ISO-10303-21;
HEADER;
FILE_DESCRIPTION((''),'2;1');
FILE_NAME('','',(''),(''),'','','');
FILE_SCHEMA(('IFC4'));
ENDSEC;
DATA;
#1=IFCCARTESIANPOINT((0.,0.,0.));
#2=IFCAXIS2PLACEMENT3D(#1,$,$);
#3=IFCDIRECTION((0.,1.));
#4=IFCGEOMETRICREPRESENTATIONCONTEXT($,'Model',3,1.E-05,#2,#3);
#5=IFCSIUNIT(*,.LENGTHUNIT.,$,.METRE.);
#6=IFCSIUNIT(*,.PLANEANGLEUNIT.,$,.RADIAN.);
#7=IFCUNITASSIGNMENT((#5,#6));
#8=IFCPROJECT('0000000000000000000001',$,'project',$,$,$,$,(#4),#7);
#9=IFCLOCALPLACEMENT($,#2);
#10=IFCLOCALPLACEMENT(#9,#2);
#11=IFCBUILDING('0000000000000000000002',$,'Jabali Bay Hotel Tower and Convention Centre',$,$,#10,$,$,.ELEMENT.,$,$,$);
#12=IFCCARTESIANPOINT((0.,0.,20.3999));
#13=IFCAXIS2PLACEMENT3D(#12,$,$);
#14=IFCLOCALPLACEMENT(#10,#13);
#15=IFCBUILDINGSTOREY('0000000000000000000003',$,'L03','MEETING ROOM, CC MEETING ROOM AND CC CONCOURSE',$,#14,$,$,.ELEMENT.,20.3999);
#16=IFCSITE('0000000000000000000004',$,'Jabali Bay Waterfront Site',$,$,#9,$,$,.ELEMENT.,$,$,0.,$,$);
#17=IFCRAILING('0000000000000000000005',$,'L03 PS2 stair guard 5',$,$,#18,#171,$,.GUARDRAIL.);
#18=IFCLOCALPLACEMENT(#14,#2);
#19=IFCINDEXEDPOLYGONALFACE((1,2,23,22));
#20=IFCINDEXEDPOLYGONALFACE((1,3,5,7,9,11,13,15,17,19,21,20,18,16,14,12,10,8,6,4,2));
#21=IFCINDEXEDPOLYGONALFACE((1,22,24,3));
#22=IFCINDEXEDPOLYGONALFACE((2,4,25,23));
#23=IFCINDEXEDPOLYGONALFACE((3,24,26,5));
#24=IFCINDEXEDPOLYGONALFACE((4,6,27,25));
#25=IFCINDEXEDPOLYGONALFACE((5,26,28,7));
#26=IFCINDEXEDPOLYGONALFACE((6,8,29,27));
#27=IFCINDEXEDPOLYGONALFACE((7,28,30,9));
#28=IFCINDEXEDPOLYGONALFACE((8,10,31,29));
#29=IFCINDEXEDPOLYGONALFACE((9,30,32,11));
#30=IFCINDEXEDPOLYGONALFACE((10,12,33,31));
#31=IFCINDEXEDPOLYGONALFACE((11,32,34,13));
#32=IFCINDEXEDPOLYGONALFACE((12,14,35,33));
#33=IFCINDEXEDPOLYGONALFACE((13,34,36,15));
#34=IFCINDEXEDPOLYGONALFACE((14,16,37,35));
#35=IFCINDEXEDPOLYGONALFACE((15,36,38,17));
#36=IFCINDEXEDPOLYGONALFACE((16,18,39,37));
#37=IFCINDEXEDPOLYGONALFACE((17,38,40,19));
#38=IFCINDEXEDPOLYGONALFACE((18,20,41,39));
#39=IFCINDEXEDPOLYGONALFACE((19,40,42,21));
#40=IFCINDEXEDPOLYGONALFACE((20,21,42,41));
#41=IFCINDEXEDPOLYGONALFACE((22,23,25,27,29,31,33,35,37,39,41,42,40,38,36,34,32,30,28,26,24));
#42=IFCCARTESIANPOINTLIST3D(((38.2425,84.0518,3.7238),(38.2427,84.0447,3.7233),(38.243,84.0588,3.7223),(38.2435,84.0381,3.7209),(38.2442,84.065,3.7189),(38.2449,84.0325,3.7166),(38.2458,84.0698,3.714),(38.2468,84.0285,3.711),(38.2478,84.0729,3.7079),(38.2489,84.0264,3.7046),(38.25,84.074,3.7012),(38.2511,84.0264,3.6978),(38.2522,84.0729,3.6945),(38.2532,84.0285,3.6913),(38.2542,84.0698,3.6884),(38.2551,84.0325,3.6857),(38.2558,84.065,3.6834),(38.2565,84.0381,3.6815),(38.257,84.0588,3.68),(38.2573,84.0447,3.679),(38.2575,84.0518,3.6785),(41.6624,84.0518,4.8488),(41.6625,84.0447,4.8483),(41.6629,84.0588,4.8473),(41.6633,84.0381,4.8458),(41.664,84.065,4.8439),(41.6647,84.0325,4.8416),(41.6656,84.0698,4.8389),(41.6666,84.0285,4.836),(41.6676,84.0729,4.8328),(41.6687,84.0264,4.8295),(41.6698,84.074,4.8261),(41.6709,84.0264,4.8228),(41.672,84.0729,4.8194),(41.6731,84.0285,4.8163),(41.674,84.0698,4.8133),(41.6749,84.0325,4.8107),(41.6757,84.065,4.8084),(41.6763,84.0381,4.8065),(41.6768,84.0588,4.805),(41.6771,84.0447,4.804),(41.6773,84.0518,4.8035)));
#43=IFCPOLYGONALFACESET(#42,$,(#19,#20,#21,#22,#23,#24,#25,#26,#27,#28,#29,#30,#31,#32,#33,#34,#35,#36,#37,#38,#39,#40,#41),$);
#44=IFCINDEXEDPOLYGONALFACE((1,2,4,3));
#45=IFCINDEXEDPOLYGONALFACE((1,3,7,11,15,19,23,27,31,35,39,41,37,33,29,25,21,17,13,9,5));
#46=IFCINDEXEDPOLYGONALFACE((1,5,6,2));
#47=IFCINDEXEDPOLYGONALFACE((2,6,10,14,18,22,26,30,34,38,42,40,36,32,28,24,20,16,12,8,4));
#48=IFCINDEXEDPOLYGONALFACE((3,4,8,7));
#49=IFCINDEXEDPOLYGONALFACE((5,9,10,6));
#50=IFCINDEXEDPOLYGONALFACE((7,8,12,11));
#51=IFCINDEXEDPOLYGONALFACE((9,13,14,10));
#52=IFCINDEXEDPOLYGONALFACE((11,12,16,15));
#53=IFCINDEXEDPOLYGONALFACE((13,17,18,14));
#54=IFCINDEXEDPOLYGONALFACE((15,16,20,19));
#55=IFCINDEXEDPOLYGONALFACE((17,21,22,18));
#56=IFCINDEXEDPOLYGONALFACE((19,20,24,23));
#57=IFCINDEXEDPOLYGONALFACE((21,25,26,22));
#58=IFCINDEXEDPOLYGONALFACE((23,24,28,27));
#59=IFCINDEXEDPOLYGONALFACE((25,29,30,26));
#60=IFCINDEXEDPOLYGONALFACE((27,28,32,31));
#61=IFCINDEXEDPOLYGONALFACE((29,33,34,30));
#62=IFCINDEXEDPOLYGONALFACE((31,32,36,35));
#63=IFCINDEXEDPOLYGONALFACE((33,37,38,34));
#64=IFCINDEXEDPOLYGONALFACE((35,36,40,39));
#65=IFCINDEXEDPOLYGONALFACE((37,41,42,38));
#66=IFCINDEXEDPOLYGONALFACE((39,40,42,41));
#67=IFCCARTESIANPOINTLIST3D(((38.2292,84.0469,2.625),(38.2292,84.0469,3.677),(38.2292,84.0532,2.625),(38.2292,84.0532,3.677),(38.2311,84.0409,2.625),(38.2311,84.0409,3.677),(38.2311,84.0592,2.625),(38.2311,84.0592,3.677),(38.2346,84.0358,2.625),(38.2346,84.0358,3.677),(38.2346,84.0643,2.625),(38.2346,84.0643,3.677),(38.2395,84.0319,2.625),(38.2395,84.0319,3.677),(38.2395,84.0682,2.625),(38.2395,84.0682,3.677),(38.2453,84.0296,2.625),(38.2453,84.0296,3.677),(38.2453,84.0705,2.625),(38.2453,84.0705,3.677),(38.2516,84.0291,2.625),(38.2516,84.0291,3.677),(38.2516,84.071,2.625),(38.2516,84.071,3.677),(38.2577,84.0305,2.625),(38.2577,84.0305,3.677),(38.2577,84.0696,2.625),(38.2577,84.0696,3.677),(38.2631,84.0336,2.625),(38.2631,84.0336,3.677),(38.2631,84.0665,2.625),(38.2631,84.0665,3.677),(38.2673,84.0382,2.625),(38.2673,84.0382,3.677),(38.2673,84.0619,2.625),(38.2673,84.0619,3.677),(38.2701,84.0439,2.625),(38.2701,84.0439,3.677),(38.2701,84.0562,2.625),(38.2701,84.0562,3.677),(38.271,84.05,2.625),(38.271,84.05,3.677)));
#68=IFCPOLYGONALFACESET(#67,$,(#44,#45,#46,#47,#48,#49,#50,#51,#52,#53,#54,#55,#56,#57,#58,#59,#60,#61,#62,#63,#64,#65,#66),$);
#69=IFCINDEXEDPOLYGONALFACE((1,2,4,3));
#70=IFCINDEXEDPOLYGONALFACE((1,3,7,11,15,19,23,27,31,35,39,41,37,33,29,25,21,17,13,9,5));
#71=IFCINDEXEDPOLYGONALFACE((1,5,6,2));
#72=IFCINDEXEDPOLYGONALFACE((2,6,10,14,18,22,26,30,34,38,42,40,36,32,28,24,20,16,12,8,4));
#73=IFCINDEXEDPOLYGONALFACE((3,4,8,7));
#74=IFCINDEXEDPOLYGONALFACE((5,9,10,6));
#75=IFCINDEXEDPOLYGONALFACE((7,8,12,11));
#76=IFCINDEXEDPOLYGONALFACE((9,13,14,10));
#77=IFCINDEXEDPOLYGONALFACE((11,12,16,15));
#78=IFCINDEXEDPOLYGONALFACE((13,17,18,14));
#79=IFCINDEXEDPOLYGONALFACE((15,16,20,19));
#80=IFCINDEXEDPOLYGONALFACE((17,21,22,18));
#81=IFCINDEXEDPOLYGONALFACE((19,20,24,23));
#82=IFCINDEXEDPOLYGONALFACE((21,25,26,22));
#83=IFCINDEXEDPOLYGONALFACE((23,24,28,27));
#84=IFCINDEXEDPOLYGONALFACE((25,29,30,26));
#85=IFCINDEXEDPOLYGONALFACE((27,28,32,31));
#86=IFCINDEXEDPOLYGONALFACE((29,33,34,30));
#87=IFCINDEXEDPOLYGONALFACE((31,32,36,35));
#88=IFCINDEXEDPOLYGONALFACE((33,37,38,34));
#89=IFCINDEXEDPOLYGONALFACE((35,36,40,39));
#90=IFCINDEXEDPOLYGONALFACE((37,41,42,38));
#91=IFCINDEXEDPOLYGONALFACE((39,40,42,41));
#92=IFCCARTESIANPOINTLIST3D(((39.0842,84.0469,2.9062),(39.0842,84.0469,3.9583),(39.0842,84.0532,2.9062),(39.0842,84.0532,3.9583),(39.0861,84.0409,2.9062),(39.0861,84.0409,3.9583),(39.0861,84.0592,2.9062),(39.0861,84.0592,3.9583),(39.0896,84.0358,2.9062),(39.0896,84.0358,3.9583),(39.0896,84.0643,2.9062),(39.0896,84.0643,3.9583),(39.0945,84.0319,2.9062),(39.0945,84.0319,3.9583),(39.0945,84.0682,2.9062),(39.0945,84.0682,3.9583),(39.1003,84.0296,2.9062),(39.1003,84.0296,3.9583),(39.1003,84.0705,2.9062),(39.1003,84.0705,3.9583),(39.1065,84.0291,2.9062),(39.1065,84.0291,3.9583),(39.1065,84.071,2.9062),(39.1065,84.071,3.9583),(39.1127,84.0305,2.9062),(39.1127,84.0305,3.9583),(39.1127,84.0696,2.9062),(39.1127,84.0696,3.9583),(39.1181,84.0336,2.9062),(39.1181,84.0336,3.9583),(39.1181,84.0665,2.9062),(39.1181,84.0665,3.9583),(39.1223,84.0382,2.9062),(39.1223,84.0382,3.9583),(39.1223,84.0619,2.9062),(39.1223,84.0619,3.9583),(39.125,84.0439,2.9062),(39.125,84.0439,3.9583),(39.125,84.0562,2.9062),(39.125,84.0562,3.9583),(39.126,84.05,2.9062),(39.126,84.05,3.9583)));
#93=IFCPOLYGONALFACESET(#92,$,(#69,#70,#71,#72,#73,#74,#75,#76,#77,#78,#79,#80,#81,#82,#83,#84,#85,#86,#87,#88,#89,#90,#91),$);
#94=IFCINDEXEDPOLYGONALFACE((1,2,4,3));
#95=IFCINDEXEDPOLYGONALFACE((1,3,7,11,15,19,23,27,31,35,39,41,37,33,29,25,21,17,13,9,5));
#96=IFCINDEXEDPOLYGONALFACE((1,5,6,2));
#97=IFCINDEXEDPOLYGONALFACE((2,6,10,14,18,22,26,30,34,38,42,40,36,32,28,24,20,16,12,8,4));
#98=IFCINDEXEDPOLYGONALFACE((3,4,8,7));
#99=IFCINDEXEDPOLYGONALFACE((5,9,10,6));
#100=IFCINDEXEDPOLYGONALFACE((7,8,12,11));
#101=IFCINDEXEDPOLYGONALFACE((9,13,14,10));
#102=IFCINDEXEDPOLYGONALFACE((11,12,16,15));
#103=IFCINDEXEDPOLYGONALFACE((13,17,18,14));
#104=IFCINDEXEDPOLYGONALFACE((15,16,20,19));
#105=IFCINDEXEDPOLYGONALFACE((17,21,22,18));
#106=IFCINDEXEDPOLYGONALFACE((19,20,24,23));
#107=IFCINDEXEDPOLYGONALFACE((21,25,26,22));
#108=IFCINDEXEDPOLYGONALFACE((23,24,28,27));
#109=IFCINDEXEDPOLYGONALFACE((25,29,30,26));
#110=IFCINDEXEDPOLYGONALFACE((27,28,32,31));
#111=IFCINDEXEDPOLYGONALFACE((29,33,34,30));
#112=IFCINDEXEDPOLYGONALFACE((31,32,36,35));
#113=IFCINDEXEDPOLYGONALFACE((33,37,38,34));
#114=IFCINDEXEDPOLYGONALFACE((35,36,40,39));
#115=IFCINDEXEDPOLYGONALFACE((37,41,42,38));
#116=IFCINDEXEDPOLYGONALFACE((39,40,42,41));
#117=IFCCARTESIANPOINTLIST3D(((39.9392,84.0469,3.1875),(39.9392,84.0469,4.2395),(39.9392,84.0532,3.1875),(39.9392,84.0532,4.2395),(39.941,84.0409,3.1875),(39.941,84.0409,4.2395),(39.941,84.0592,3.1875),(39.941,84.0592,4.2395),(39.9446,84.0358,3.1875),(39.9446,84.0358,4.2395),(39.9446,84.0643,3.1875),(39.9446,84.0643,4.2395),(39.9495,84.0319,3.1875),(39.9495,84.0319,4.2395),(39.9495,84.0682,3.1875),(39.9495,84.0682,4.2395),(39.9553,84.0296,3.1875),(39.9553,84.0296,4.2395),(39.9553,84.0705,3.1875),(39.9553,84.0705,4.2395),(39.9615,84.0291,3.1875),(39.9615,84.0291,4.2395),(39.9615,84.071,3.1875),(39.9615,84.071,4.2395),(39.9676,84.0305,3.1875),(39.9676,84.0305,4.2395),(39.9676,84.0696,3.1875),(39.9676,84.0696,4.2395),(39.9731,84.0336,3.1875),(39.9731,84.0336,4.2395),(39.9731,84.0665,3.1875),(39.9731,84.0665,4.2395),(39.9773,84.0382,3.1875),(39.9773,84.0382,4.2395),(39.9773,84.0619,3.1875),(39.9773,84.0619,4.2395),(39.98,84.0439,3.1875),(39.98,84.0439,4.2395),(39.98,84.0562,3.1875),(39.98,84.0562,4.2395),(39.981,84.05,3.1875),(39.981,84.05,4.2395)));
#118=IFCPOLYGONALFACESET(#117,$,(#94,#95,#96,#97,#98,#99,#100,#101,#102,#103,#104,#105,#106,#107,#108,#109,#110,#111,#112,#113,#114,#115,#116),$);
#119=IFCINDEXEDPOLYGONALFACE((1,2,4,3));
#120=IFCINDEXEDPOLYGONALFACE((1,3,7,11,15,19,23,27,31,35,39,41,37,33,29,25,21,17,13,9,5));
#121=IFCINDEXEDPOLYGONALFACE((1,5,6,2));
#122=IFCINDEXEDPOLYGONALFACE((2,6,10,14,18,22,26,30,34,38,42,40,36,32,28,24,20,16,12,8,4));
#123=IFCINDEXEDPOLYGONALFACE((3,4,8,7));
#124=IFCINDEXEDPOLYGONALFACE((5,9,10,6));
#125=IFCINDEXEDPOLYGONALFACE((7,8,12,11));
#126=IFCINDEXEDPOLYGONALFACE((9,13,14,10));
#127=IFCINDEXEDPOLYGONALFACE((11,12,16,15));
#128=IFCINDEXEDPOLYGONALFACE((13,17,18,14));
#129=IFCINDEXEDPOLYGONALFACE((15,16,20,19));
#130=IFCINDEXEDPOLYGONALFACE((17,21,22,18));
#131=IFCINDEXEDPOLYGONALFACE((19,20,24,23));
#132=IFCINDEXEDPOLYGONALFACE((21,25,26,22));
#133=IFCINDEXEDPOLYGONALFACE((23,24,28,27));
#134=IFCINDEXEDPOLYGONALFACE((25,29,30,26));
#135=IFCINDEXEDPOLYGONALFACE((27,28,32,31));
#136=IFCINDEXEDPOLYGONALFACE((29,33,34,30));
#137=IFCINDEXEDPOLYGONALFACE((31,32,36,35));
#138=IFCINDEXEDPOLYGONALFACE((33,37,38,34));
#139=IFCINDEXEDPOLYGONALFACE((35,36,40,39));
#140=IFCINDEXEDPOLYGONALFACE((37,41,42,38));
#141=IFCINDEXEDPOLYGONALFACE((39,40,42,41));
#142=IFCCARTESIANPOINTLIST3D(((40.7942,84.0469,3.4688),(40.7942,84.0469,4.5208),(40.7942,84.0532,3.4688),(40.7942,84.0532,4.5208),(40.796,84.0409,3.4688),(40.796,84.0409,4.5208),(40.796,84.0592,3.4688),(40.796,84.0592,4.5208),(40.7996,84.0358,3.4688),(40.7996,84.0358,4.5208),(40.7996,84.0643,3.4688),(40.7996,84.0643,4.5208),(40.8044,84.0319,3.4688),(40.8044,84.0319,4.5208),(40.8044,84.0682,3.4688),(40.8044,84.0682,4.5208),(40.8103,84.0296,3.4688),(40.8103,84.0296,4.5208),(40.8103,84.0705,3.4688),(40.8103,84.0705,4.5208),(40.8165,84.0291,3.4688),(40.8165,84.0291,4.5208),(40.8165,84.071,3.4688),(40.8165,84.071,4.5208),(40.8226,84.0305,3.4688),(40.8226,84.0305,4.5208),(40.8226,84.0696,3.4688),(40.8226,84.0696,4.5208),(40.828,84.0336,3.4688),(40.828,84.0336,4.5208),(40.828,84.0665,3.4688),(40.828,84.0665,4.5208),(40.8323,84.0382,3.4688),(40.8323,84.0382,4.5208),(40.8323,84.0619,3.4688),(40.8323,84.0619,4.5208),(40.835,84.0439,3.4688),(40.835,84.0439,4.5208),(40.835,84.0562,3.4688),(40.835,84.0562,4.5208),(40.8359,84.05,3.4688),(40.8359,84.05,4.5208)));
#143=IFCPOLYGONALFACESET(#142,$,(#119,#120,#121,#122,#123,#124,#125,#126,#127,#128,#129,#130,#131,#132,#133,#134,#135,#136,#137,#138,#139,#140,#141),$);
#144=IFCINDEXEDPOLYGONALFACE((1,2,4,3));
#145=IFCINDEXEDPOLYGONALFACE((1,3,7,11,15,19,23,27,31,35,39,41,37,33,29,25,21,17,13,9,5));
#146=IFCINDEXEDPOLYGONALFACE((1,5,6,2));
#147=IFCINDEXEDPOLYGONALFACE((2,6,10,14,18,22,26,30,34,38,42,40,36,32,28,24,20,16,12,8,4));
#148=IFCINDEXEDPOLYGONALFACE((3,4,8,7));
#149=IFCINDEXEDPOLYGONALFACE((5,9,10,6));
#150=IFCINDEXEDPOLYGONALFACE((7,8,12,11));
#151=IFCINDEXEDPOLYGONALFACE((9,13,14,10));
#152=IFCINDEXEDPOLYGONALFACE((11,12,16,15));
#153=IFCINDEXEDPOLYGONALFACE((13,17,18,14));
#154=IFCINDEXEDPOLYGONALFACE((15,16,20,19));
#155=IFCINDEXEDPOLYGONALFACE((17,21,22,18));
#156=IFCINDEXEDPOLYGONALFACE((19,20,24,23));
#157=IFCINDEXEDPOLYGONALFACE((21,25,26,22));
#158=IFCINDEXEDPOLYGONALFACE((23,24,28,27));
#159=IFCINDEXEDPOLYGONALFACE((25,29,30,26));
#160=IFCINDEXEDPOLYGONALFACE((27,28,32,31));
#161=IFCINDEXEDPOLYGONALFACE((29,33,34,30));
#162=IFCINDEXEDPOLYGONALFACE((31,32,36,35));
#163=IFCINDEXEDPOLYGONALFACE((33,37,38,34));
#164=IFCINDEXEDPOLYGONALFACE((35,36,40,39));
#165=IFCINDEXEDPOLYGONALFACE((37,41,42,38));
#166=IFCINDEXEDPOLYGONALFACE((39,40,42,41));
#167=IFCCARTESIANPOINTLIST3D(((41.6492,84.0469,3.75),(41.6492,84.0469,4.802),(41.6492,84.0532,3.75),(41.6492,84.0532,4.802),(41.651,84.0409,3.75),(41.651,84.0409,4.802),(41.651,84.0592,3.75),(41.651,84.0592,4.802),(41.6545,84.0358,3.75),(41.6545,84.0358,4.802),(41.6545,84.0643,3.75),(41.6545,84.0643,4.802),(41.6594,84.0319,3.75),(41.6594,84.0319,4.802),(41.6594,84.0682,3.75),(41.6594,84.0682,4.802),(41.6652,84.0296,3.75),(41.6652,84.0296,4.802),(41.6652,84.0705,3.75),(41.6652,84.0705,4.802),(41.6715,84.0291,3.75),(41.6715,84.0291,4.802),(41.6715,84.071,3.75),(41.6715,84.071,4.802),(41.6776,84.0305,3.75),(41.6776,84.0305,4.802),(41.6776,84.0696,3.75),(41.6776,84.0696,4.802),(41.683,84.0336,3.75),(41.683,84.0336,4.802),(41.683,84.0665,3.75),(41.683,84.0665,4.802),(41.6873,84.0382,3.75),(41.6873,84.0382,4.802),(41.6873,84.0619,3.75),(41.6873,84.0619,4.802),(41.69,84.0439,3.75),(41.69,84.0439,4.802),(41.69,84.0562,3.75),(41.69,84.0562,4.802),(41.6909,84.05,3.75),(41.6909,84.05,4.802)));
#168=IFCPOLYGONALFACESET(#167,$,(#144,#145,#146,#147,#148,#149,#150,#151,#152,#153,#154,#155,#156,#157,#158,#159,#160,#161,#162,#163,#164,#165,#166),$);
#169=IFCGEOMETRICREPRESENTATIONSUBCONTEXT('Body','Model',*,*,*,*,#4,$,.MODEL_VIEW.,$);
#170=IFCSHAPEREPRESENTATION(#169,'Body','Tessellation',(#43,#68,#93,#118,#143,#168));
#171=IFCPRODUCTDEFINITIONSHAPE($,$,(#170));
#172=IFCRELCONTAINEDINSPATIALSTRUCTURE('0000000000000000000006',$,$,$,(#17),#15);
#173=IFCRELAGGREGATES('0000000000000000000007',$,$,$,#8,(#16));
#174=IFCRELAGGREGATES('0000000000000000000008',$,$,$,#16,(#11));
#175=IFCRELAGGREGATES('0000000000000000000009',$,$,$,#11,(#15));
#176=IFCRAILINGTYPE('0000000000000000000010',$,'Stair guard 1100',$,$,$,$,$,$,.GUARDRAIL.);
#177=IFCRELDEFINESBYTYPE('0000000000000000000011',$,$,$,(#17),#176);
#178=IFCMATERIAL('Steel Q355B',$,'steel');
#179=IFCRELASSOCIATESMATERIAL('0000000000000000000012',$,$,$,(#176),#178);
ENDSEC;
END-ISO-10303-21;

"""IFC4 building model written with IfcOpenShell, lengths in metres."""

from ifc_helpers import new_model, si_unit, direction, frame, origin, origin_2d, place, context, subcontext, project, spatial, circle, extrude, material, type_object, element, save


model = new_model("IFC4")

# Units and contexts
model_context = context("Model", 3, precision=1e-05, world=origin(), true_north=direction((0.0, 1.0)))
body_context = subcontext(model_context, "Body", "Model", "MODEL_VIEW")
ifc_project = project(units=[si_unit("LENGTHUNIT", "METRE"), si_unit("PLANEANGLEUNIT", "RADIAN")], contexts=[model_context])

# Site, building, storey
site_placement = place(None, origin())
site = spatial("IfcSite", under=ifc_project, at=site_placement, Name="Jabali Bay Waterfront Site", CompositionType="ELEMENT", RefElevation=0.0)
building_placement = place(site_placement, origin())
building = spatial("IfcBuilding", under=site, at=building_placement, Name="Jabali Bay Hotel Tower and Convention Centre", CompositionType="ELEMENT")
storey_placement = place(building_placement, frame((0.0, 0.0, 20.3999)))
storey = spatial("IfcBuildingStorey", under=building, at=storey_placement, Name="L03", Description="MEETING ROOM, CC MEETING ROOM AND CC CONCOURSE", CompositionType="ELEMENT", Elevation=20.3999)

# Railing
ifc_material_1 = material(Name="Steel Q355B", Category="steel")
railing_type_1 = type_object("IfcRailingType", Name="Stair guard 1100", PredefinedType="GUARDRAIL", material=ifc_material_1)
railing_1_placement = place(storey_placement, frame((38.25, 84.05, 2.625)))
element("IfcRailing", 1, at=railing_1_placement, inside=storey, type_object=railing_type_1, Name="L03 PS2 stair guard 5", PredefinedType="GUARDRAIL", context=body_context, shape_type="SweptSolid", body=[
    extrude(circle(Radius=0.0239, at=origin_2d()), frame((0.0, 0.0, 1.0762), z_axis=(0.949924, 0.0, 0.312482), x_axis=(0.0, 1.0, 0.0)), (0.0, 0.0, 1.0), 3.6001),
    extrude(circle(Radius=0.021, at=origin_2d()), origin(), (0.0, 0.0, 1.0), 1.052),
    extrude(circle(Radius=0.021, at=origin_2d()), frame((0.855, 0.0, 0.2812)), (0.0, 0.0, 1.0), 1.052),
    extrude(circle(Radius=0.021, at=origin_2d()), frame((1.71, 0.0, 0.5625)), (0.0, 0.0, 1.0), 1.052),
    extrude(circle(Radius=0.021, at=origin_2d()), frame((2.5649, 0.0, 0.8438)), (0.0, 0.0, 1.0), 1.052),
    extrude(circle(Radius=0.021, at=origin_2d()), frame((3.4199, 0.0, 1.125)), (0.0, 0.0, 1.0), 1.052),
])

save(model, "model.ifc")
